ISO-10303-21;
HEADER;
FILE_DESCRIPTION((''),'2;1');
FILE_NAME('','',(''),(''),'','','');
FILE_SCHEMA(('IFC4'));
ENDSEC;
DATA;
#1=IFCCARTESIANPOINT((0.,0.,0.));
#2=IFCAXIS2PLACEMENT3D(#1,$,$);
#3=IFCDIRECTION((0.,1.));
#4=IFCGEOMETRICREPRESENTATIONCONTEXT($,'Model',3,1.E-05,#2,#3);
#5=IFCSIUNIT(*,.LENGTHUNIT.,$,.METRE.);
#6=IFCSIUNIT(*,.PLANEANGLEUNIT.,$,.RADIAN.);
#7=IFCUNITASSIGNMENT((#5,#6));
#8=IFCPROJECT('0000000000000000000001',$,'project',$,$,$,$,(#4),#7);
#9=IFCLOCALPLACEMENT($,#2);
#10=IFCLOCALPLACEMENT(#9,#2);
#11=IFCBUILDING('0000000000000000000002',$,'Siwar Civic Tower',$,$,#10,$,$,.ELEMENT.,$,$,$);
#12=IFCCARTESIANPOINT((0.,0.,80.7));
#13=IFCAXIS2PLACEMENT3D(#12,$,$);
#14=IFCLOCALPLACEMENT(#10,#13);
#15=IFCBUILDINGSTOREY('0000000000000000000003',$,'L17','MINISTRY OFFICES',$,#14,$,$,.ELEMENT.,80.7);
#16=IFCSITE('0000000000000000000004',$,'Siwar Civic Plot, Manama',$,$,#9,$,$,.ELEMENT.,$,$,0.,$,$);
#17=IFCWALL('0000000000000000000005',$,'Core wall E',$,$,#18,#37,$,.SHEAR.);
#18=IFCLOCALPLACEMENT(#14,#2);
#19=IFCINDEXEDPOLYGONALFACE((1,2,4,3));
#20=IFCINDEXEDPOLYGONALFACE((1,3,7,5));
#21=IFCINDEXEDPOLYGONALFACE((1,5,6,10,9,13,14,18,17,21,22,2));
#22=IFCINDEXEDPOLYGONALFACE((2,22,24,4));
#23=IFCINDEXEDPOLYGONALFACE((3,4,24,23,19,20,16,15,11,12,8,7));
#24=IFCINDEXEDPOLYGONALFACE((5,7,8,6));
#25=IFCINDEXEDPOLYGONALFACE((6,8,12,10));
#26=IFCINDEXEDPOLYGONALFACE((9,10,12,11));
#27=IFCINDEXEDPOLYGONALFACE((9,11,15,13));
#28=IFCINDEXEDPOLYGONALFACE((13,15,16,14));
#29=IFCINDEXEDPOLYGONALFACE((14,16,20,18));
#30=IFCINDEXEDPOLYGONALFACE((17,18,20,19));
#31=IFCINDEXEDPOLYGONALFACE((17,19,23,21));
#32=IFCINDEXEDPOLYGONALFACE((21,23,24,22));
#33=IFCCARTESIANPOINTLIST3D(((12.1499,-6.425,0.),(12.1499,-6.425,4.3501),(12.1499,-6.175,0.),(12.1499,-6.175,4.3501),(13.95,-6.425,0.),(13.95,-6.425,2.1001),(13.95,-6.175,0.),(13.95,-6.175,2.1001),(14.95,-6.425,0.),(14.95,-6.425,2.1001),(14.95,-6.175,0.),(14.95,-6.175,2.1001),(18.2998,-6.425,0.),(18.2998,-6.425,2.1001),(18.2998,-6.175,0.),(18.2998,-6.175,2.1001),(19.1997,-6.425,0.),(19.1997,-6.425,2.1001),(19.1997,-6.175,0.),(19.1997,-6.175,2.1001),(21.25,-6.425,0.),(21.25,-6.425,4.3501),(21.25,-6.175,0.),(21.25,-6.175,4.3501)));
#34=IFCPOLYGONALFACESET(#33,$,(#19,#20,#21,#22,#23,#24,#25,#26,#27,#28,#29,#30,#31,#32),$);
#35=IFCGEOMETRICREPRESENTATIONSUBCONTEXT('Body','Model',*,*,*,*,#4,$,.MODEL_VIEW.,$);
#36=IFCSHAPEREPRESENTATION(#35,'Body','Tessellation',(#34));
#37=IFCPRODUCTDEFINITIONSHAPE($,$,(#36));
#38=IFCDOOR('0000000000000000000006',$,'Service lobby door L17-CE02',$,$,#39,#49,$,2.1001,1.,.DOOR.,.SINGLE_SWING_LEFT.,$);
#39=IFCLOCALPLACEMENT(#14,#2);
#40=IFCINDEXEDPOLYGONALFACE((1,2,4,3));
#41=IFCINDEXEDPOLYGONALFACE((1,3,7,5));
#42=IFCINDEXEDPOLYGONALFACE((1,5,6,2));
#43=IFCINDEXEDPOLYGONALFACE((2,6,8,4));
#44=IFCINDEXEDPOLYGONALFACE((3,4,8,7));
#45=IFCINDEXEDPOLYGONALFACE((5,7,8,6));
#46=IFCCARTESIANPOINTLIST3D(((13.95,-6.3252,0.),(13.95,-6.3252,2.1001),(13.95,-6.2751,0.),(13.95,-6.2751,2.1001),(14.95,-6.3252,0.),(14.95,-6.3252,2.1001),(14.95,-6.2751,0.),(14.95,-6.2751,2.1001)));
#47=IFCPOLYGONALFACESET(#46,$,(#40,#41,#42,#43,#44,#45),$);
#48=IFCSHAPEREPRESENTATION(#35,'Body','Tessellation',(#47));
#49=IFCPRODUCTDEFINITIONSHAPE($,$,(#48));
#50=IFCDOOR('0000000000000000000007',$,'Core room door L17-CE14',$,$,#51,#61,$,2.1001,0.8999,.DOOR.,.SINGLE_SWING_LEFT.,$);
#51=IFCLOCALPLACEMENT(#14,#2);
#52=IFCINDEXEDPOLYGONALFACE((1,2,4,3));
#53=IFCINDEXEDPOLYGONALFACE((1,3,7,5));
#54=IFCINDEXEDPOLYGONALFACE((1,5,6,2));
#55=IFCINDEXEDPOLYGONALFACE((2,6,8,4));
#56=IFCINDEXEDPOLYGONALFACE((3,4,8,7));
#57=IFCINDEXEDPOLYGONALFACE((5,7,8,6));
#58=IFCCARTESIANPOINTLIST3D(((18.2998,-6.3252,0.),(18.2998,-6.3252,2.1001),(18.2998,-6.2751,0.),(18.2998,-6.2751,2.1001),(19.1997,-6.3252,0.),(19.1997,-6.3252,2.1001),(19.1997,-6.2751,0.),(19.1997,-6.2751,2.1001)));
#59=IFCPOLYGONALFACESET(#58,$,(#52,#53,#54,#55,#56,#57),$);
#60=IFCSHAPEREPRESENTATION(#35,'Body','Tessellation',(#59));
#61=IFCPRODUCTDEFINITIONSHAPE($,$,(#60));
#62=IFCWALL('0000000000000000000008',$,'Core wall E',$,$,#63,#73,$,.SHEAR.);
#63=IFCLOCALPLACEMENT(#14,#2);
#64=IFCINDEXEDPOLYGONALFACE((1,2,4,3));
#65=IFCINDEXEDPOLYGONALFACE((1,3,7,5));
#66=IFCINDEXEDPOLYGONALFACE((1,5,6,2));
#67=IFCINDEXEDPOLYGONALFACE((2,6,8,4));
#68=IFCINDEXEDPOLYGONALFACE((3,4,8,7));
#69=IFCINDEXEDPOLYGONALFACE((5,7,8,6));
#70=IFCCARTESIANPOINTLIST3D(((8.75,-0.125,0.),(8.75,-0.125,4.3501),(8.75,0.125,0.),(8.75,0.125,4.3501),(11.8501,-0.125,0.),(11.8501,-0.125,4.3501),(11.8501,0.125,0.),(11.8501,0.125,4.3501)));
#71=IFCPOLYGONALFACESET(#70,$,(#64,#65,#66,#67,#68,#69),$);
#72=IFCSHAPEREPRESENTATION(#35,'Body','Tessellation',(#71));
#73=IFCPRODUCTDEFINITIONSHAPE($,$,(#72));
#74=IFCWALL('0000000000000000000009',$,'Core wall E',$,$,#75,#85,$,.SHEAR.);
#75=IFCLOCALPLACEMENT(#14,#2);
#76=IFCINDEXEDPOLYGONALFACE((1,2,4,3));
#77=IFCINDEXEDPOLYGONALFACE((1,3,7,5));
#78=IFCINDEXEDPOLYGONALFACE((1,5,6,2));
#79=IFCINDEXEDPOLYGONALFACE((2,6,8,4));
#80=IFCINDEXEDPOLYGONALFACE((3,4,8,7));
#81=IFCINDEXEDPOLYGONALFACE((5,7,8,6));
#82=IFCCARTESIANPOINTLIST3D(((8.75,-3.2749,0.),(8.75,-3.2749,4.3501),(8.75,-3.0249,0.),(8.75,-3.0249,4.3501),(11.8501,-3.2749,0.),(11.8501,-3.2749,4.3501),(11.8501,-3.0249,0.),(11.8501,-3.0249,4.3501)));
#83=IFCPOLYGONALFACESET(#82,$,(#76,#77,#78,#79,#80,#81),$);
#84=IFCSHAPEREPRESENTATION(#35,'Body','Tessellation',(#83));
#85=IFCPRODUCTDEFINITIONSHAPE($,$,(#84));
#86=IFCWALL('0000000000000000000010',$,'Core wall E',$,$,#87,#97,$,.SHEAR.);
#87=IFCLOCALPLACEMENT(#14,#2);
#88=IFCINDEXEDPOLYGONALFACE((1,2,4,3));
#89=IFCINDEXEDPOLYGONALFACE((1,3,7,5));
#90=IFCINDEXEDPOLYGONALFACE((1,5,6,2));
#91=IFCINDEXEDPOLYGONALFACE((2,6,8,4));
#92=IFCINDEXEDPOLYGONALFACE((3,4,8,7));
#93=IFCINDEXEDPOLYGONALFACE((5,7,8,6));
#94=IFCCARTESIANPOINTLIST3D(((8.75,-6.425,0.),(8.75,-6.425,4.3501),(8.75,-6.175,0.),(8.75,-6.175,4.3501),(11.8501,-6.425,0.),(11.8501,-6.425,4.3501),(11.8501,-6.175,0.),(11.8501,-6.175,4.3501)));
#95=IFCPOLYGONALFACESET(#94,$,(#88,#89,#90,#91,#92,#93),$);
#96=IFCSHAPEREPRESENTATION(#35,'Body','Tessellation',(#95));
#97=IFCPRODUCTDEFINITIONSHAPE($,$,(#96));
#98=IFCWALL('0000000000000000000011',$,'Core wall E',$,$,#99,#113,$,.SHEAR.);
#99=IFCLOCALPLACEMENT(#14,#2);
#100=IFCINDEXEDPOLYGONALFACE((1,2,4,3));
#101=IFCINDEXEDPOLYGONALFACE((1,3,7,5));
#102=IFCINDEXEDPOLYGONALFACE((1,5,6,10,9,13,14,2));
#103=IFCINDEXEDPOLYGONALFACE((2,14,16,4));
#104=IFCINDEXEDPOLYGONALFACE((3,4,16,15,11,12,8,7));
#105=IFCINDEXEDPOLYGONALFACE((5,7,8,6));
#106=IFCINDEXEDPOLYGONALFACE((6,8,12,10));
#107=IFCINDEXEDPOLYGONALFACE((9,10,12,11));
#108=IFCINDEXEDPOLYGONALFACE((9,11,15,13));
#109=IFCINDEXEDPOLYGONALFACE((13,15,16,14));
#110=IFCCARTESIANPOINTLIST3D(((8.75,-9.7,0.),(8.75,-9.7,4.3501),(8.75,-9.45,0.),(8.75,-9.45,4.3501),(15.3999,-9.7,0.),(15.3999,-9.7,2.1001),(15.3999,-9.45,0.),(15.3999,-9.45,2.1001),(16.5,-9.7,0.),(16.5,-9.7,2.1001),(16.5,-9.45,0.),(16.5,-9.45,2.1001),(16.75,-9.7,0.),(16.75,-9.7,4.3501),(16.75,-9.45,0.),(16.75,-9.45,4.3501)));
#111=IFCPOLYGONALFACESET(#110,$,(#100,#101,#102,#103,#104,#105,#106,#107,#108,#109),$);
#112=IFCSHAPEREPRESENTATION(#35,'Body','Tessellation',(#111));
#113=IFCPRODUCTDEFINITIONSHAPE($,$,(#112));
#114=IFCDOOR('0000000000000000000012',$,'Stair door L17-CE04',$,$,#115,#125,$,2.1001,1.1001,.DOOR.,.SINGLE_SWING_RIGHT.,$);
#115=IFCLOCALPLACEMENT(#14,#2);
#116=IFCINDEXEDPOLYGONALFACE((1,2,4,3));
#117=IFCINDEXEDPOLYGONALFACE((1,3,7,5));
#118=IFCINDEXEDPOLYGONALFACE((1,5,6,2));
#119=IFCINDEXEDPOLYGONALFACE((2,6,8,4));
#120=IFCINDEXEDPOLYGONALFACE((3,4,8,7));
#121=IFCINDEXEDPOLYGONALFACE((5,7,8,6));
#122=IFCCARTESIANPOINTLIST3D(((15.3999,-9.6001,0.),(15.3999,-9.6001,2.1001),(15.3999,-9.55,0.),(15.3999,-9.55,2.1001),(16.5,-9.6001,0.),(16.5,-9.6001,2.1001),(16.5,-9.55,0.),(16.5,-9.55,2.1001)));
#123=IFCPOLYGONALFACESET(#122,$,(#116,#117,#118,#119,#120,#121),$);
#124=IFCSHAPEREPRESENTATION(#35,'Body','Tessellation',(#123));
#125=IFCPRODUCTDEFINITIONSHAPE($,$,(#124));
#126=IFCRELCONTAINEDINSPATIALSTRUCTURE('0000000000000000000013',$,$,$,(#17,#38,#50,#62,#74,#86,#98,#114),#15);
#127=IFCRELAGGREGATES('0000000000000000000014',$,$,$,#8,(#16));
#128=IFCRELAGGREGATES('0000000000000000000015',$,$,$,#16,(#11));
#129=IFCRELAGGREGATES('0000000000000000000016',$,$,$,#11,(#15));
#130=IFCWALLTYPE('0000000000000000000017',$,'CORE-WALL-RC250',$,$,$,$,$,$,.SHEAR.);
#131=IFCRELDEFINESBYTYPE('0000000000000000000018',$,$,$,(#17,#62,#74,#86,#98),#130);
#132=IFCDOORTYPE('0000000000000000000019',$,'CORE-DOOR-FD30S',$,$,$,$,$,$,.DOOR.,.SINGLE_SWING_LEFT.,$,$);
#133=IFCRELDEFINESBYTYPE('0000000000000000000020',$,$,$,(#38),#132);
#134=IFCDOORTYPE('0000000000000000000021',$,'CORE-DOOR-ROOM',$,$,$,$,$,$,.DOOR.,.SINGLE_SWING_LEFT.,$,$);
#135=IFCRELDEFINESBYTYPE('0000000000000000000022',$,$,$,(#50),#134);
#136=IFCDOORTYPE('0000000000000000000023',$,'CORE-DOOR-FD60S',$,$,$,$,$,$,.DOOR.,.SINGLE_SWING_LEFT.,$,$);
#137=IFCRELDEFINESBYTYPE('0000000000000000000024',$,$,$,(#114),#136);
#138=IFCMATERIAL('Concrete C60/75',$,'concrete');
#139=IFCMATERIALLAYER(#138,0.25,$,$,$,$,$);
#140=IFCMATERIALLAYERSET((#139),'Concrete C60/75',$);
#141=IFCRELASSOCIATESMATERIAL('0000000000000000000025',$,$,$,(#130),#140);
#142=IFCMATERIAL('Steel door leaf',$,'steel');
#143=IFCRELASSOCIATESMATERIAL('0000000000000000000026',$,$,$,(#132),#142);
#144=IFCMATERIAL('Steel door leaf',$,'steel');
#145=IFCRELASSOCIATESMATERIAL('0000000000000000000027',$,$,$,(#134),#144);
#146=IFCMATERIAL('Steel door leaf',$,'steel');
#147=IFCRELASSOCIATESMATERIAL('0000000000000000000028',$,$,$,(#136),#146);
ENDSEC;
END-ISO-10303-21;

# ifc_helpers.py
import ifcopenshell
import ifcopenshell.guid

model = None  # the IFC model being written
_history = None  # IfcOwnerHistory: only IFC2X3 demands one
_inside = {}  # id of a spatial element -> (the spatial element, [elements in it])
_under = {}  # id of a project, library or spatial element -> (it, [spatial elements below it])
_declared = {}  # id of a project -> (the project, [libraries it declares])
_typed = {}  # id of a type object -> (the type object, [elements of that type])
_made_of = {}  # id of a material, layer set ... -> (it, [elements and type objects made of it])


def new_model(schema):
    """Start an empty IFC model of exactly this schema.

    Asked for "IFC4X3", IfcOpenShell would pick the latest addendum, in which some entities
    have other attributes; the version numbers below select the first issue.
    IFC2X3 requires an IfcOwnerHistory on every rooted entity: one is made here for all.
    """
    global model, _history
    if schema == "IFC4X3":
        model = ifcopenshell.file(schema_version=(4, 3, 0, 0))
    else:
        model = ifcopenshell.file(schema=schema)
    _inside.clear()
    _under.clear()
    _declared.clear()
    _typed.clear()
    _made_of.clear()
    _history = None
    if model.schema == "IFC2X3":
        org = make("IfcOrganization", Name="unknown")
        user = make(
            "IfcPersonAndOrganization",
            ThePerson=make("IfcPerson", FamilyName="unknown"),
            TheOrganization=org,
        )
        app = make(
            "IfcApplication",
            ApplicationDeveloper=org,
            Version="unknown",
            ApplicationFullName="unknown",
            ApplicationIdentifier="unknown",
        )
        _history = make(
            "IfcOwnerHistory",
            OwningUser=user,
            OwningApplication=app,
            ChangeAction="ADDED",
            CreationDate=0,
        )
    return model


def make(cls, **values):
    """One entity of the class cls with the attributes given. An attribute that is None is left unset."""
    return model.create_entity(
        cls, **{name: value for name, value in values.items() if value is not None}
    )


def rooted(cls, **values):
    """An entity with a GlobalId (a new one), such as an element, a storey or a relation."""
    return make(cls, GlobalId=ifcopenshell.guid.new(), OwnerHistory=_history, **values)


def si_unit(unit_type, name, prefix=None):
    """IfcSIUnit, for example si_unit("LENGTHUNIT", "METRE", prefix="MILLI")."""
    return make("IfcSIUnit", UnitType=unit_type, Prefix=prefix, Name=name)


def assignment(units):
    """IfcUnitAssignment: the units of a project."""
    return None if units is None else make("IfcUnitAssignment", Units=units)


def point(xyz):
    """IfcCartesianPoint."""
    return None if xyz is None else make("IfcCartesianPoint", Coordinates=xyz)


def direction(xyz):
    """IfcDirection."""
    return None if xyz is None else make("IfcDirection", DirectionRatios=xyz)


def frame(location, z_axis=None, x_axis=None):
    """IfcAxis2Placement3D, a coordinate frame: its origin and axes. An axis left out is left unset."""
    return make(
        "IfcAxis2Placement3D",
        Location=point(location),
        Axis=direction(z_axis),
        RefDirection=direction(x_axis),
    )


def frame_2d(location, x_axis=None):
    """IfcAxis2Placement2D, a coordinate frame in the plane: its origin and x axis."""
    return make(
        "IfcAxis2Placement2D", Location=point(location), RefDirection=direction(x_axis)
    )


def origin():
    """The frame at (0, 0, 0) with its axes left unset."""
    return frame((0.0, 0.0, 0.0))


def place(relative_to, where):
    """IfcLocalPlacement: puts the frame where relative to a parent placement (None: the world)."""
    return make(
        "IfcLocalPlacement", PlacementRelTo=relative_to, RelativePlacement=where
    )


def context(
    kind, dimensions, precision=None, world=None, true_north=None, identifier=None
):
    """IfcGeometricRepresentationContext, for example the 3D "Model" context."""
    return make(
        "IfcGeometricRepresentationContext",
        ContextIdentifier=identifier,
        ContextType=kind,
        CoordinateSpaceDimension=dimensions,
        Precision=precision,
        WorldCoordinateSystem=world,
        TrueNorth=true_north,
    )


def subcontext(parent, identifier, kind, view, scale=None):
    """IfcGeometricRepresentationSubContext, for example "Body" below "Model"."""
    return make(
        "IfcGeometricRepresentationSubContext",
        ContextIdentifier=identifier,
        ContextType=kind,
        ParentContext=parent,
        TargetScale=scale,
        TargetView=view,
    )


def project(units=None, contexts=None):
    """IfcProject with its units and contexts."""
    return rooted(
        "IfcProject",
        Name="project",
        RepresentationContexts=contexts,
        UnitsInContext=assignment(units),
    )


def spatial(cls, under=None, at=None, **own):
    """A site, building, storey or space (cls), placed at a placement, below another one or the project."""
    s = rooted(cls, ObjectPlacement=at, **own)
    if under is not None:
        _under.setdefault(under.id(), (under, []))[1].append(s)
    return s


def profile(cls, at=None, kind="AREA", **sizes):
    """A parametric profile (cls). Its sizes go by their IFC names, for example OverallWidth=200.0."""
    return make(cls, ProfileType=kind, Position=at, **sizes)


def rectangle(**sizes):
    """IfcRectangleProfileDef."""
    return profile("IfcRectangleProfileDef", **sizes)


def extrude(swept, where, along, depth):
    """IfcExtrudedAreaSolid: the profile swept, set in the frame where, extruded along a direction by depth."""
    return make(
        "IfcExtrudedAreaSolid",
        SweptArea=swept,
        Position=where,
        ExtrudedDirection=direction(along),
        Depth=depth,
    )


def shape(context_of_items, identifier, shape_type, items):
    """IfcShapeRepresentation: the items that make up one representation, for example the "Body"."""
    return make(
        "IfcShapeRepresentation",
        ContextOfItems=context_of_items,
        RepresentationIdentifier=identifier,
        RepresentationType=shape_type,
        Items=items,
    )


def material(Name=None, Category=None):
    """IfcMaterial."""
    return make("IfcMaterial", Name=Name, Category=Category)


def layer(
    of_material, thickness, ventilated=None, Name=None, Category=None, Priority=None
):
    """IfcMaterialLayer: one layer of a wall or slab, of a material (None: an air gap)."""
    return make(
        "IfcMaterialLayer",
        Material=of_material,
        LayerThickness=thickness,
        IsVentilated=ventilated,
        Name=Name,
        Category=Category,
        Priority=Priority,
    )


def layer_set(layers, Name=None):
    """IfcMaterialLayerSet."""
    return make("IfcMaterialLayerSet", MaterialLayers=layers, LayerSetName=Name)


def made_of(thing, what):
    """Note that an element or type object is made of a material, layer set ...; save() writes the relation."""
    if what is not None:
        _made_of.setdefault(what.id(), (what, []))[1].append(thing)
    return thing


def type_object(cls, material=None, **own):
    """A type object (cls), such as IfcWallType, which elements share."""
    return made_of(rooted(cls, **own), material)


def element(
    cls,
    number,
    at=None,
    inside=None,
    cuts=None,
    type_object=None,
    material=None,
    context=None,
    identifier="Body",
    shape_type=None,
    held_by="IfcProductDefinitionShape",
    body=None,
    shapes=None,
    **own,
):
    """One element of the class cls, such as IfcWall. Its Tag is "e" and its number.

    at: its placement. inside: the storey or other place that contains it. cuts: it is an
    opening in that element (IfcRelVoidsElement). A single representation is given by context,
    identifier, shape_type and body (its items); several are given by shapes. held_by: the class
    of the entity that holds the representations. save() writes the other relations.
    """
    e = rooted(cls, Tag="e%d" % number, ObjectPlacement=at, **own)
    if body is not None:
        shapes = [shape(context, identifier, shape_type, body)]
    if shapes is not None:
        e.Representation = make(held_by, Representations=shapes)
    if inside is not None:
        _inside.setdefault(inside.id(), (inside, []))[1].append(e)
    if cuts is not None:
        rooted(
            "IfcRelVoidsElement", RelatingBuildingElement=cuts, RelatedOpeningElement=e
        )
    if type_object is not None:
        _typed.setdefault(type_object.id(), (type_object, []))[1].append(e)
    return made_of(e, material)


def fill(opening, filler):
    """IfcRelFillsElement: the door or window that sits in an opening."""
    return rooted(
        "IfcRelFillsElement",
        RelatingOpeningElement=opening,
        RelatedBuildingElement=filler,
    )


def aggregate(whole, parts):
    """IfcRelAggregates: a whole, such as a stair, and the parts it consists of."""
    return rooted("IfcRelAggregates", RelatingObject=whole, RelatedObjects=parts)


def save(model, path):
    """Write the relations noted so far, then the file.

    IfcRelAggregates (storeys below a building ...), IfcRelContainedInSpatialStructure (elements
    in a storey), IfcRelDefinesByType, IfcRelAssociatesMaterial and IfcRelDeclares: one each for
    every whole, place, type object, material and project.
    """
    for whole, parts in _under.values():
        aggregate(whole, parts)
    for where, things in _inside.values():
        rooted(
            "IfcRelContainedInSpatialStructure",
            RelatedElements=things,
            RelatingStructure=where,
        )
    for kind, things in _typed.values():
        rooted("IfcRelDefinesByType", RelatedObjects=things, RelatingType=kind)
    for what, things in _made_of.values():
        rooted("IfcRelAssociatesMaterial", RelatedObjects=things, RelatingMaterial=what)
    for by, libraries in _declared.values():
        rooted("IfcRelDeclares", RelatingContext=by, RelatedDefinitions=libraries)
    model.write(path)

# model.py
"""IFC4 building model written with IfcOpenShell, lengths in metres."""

from ifc_helpers import new_model, si_unit, direction, frame, frame_2d, origin, place, context, subcontext, project, spatial, rectangle, extrude, material, layer, layer_set, type_object, element, fill, save


model = new_model("IFC4")

# Units and contexts
model_context = context("Model", 3, precision=1e-05, world=origin(), true_north=direction((0.0, 1.0)))
body_context = subcontext(model_context, "Body", "Model", "MODEL_VIEW")
ifc_project = project(units=[si_unit("LENGTHUNIT", "METRE"), si_unit("PLANEANGLEUNIT", "RADIAN")], contexts=[model_context])

# Site, building, storey
site_placement = place(None, origin())
site = spatial("IfcSite", under=ifc_project, at=site_placement, Name="Siwar Civic Plot, Manama", CompositionType="ELEMENT", RefElevation=0.0)
building_placement = place(site_placement, origin())
building = spatial("IfcBuilding", under=site, at=building_placement, Name="Siwar Civic Tower", CompositionType="ELEMENT")
storey_placement = place(building_placement, frame((0.0, 0.0, 80.7)))
storey = spatial("IfcBuildingStorey", under=building, at=storey_placement, Name="L17", Description="MINISTRY OFFICES", CompositionType="ELEMENT", Elevation=80.7)

# Wall, openings, doors
ifc_material_1 = material(Name="Concrete C60/75", Category="concrete")
ifc_layer_1 = layer(ifc_material_1, 0.25)
ifc_layer_set_1 = layer_set([ifc_layer_1], Name="Concrete C60/75")
wall_type_1 = type_object("IfcWallType", Name="CORE-WALL-RC250", PredefinedType="SHEAR", material=ifc_layer_set_1)
wall_1_placement = place(storey_placement, frame((12.1499, -6.3, 0.0), z_axis=(0.0, 0.0, 1.0), x_axis=(1.0, 0.0, 0.0)))
wall_1 = element("IfcWall", 1, at=wall_1_placement, inside=storey, type_object=wall_type_1, Name="Core wall E", PredefinedType="SHEAR", context=body_context, shape_type="SweptSolid", body=[
    extrude(rectangle(XDim=9.1001, YDim=0.25, at=frame_2d((4.55, 0.0))), origin(), (0.0, 0.0, 1.0), 4.3501),
])
opening_1_placement = place(wall_1_placement, frame((1.8, 0.0, 0.0)))
opening_1 = element("IfcOpeningElement", 2, at=opening_1_placement, cuts=wall_1, PredefinedType="OPENING", context=body_context, shape_type="SweptSolid", body=[
    extrude(rectangle(XDim=1.0, YDim=2.1001, at=frame_2d((0.5, 1.05))), frame((0.0, 0.135, 0.0), z_axis=(0.0, -1.0, 0.0), x_axis=(1.0, 0.0, 0.0)), (0.0, 0.0, 1.0), 0.27),
])
opening_2_placement = place(wall_1_placement, frame((6.1499, 0.0, 0.0)))
opening_2 = element("IfcOpeningElement", 3, at=opening_2_placement, cuts=wall_1, PredefinedType="OPENING", context=body_context, shape_type="SweptSolid", body=[
    extrude(rectangle(XDim=0.8999, YDim=2.1001, at=frame_2d((0.45, 1.05))), frame((0.0, 0.135, 0.0), z_axis=(0.0, -1.0, 0.0), x_axis=(1.0, 0.0, 0.0)), (0.0, 0.0, 1.0), 0.27),
])
ifc_material_2 = material(Name="Steel door leaf", Category="steel")
door_type_1 = type_object("IfcDoorType", Name="CORE-DOOR-FD30S", OperationType="SINGLE_SWING_LEFT", PredefinedType="DOOR", material=ifc_material_2)
door_1_placement = place(opening_1_placement, origin())
door_1 = element("IfcDoor", 4, at=door_1_placement, inside=storey, type_object=door_type_1, Name="Service lobby door L17-CE02", OperationType="SINGLE_SWING_LEFT", OverallHeight=2.1001, OverallWidth=1.0, PredefinedType="DOOR", context=body_context, shape_type="SweptSolid", body=[
    extrude(rectangle(XDim=1.0, YDim=2.1001, at=frame_2d((0.5, 1.05))), frame((0.0, 0.0249, 0.0), z_axis=(0.0, -1.0, 0.0), x_axis=(1.0, 0.0, 0.0)), (0.0, 0.0, 1.0), 0.05),
])
fill(opening_1, door_1)
ifc_material_3 = material(Name="Steel door leaf", Category="steel")
door_type_2 = type_object("IfcDoorType", Name="CORE-DOOR-ROOM", OperationType="SINGLE_SWING_LEFT", PredefinedType="DOOR", material=ifc_material_3)
door_2_placement = place(opening_2_placement, origin())
door_2 = element("IfcDoor", 5, at=door_2_placement, inside=storey, type_object=door_type_2, Name="Core room door L17-CE14", OperationType="SINGLE_SWING_LEFT", OverallHeight=2.1001, OverallWidth=0.8999, PredefinedType="DOOR", context=body_context, shape_type="SweptSolid", body=[
    extrude(rectangle(XDim=0.8999, YDim=2.1001, at=frame_2d((0.45, 1.05))), frame((0.0, 0.0249, 0.0), z_axis=(0.0, -1.0, 0.0), x_axis=(1.0, 0.0, 0.0)), (0.0, 0.0, 1.0), 0.05),
])
fill(opening_2, door_2)

# Walls
for number, where, z_axis, x_axis, name in (
    (6, (8.75, 0.0, 0.0), (0.0, 0.0, 1.0), (1.0, 0.0, 0.0), "Core wall E"),
    (7, (8.75, -3.1499, 0.0), (0.0, 0.0, 1.0), (1.0, 0.0, 0.0), "Core wall E"),
    (8, (8.75, -6.3, 0.0), (0.0, 0.0, 1.0), (1.0, 0.0, 0.0), "Core wall E"),
):
    element("IfcWall", number, at=place(storey_placement, frame(where, z_axis=z_axis, x_axis=x_axis)), inside=storey, type_object=wall_type_1, Name=name, PredefinedType="SHEAR", context=body_context, shape_type="SweptSolid", body=[
        extrude(rectangle(XDim=3.1001, YDim=0.25, at=frame_2d((1.55, 0.0))), origin(), (0.0, 0.0, 1.0), 4.3501),
    ])

# Wall, opening, door
wall_2_placement = place(storey_placement, frame((8.75, -9.575, 0.0), z_axis=(0.0, 0.0, 1.0), x_axis=(1.0, 0.0, 0.0)))
wall_2 = element("IfcWall", 9, at=wall_2_placement, inside=storey, type_object=wall_type_1, Name="Core wall E", PredefinedType="SHEAR", context=body_context, shape_type="SweptSolid", body=[
    extrude(rectangle(XDim=8.0, YDim=0.25, at=frame_2d((4.0, 0.0))), origin(), (0.0, 0.0, 1.0), 4.3501),
])
opening_3_placement = place(wall_2_placement, frame((6.6499, 0.0, 0.0)))
opening_3 = element("IfcOpeningElement", 10, at=opening_3_placement, cuts=wall_2, PredefinedType="OPENING", context=body_context, shape_type="SweptSolid", body=[
    extrude(rectangle(XDim=1.1001, YDim=2.1001, at=frame_2d((0.55, 1.05))), frame((0.0, 0.135, 0.0), z_axis=(0.0, -1.0, 0.0), x_axis=(1.0, 0.0, 0.0)), (0.0, 0.0, 1.0), 0.27),
])
ifc_material_4 = material(Name="Steel door leaf", Category="steel")
door_type_3 = type_object("IfcDoorType", Name="CORE-DOOR-FD60S", OperationType="SINGLE_SWING_LEFT", PredefinedType="DOOR", material=ifc_material_4)
door_3_placement = place(opening_3_placement, origin())
door_3 = element("IfcDoor", 11, at=door_3_placement, inside=storey, type_object=door_type_3, Name="Stair door L17-CE04", OperationType="SINGLE_SWING_RIGHT", OverallHeight=2.1001, OverallWidth=1.1001, PredefinedType="DOOR", context=body_context, shape_type="SweptSolid", body=[
    extrude(rectangle(XDim=1.1001, YDim=2.1001, at=frame_2d((0.55, 1.05))), frame((0.0, 0.0249, 0.0), z_axis=(0.0, -1.0, 0.0), x_axis=(1.0, 0.0, 0.0)), (0.0, 0.0, 1.0), 0.05),
])
fill(opening_3, door_3)

save(model, "model.ifc")
